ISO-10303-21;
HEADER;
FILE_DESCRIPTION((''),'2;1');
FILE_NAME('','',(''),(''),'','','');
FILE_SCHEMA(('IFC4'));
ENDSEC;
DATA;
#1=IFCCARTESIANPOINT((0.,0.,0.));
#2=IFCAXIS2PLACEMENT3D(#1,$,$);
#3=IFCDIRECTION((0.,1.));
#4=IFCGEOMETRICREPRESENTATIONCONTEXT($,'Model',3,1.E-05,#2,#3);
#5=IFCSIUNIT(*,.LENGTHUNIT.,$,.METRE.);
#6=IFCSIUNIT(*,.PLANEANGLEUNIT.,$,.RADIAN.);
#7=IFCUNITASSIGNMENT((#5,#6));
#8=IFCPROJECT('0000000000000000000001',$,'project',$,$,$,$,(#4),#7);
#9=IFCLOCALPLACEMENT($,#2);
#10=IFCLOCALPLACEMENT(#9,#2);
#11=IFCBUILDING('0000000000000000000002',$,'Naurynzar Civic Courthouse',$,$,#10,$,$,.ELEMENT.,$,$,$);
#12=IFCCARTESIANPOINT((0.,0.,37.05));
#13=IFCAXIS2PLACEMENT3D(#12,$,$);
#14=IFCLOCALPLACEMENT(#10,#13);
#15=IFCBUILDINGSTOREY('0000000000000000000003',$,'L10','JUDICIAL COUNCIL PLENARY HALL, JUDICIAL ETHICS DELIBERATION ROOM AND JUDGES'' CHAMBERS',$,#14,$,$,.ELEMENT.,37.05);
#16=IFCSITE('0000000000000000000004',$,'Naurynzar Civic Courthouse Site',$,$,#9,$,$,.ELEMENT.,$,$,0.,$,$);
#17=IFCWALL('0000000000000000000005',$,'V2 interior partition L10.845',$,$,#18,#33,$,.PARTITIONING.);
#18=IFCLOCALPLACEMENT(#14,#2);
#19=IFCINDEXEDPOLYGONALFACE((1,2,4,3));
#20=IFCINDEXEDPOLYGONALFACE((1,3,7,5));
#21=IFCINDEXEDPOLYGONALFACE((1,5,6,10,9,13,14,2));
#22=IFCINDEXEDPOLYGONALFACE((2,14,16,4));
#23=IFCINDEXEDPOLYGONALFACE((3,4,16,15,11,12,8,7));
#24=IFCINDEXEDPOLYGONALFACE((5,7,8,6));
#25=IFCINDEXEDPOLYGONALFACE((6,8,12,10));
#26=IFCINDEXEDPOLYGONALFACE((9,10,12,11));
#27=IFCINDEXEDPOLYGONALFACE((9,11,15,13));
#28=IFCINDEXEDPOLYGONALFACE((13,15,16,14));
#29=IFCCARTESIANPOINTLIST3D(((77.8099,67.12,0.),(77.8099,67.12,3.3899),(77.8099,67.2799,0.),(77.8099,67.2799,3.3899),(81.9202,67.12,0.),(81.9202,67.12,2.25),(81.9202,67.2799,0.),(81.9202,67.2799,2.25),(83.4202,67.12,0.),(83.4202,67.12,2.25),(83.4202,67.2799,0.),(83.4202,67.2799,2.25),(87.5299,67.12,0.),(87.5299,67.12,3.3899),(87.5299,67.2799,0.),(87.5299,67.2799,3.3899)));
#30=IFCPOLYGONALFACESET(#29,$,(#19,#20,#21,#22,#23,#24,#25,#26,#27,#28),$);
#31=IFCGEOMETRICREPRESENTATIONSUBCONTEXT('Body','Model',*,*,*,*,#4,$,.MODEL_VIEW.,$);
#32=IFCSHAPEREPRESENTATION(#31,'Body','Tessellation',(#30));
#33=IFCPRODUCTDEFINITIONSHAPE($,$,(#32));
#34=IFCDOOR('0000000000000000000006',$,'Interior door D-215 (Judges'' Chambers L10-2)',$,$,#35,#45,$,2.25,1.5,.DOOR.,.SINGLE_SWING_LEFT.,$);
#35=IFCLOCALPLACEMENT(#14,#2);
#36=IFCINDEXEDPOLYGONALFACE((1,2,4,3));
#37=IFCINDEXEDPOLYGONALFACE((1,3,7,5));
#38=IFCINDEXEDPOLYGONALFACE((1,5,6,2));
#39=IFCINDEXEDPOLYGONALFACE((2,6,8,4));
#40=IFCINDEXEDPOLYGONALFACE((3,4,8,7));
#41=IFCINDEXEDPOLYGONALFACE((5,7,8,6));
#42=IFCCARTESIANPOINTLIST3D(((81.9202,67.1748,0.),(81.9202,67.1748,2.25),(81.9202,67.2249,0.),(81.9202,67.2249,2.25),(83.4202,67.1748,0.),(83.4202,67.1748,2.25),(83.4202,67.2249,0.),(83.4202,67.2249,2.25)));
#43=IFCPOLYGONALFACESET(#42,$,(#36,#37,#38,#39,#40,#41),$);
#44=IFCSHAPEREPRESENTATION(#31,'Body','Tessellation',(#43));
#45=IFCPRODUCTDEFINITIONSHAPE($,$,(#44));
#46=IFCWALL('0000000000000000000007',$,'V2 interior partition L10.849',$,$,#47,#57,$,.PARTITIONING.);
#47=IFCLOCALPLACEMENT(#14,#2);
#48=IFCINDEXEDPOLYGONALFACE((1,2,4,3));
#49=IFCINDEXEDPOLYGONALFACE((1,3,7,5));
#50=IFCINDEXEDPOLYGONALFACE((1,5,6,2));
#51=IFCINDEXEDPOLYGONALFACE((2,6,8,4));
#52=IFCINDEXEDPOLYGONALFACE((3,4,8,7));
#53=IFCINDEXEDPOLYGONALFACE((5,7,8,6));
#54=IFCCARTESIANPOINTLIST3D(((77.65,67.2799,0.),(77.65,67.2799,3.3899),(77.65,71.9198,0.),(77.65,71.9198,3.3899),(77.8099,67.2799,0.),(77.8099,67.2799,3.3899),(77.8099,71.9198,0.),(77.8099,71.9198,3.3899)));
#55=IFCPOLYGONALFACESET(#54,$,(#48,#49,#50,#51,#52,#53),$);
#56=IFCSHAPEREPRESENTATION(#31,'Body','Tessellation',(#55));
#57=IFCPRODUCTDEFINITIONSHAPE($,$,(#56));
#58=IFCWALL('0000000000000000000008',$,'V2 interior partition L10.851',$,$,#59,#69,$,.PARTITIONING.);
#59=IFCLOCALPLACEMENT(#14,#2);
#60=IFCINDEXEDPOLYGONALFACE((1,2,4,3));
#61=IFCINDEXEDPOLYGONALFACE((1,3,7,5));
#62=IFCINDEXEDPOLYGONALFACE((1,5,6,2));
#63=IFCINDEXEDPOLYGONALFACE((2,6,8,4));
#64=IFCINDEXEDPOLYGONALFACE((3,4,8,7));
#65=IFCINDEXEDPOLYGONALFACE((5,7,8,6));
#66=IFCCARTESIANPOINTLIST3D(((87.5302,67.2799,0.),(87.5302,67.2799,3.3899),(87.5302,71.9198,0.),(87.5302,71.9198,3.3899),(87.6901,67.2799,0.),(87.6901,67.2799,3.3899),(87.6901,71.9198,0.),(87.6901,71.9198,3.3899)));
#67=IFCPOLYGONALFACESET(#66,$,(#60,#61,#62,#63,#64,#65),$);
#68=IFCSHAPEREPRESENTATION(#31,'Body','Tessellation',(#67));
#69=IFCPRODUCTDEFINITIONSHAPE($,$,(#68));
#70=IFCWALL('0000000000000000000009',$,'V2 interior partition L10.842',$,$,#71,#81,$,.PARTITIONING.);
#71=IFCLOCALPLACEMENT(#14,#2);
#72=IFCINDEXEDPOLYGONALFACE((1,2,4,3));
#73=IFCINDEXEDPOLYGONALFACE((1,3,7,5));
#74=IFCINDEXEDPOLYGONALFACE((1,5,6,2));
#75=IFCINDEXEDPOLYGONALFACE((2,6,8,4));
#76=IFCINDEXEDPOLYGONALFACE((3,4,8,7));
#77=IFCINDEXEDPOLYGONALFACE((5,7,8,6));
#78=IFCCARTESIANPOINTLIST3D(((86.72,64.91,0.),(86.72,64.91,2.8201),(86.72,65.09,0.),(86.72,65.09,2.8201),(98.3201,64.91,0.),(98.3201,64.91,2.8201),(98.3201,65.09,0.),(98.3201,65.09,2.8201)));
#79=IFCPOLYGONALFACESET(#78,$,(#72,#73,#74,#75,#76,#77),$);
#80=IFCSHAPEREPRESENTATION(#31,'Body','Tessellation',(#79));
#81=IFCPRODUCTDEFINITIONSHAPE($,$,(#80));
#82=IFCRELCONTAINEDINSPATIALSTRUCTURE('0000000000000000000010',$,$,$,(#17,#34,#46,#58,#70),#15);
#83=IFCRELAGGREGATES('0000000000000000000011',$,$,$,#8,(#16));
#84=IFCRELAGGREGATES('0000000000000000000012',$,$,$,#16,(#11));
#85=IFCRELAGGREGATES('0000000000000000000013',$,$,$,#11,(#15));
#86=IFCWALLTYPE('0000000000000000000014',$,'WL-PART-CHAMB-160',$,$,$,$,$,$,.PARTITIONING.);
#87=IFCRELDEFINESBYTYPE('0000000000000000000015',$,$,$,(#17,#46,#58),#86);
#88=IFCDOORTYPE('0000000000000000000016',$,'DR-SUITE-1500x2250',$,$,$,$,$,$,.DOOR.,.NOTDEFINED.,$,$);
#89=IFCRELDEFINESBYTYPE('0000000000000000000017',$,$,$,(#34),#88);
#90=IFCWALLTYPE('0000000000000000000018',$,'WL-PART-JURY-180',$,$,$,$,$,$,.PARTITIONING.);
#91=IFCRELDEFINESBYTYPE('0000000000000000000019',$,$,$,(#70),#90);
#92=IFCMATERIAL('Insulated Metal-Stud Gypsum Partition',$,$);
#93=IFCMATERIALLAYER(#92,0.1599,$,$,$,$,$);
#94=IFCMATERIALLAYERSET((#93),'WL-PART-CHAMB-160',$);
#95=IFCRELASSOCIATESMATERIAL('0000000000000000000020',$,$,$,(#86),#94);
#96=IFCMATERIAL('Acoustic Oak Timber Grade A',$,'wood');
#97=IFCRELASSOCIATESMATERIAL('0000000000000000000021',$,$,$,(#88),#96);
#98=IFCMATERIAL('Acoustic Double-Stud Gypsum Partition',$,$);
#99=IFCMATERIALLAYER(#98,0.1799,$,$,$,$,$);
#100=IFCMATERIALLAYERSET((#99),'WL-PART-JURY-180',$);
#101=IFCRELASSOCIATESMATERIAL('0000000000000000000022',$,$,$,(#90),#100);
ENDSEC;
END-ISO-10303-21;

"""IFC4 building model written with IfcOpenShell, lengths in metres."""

from ifc_helpers import new_model, si_unit, direction, frame, frame_2d, origin, place, context, subcontext, project, spatial, rectangle, extrude, material, layer, layer_set, type_object, element, fill, save


model = new_model("IFC4")

# Units and contexts
model_context = context("Model", 3, precision=1e-05, world=origin(), true_north=direction((0.0, 1.0)))
body_context = subcontext(model_context, "Body", "Model", "MODEL_VIEW")
ifc_project = project(units=[si_unit("LENGTHUNIT", "METRE"), si_unit("PLANEANGLEUNIT", "RADIAN")], contexts=[model_context])

# Site, building, storey
site_placement = place(None, origin())
site = spatial("IfcSite", under=ifc_project, at=site_placement, Name="Naurynzar Civic Courthouse Site", CompositionType="ELEMENT", RefElevation=0.0)
building_placement = place(site_placement, origin())
building = spatial("IfcBuilding", under=site, at=building_placement, Name="Naurynzar Civic Courthouse", CompositionType="ELEMENT")
storey_placement = place(building_placement, frame((0.0, 0.0, 37.05)))
storey = spatial("IfcBuildingStorey", under=building, at=storey_placement, Name="L10", Description="JUDICIAL COUNCIL PLENARY HALL, JUDICIAL ETHICS DELIBERATION ROOM AND JUDGES' CHAMBERS", CompositionType="ELEMENT", Elevation=37.05)

# Wall, opening, door
ifc_material_1 = material(Name="Insulated Metal-Stud Gypsum Partition")
ifc_layer_1 = layer(ifc_material_1, 0.1599)
ifc_layer_set_1 = layer_set([ifc_layer_1], Name="WL-PART-CHAMB-160")
wall_type_1 = type_object("IfcWallType", Name="WL-PART-CHAMB-160", PredefinedType="PARTITIONING", material=ifc_layer_set_1)
wall_1_placement = place(storey_placement, frame((77.8101, 67.2, 0.0), z_axis=(0.0, 0.0, 1.0), x_axis=(1.0, 0.0, 0.0)))
wall_1 = element("IfcWall", 1, at=wall_1_placement, inside=storey, type_object=wall_type_1, Name="V2 interior partition L10.845", PredefinedType="PARTITIONING", context=body_context, shape_type="SweptSolid", body=[
    extrude(rectangle(XDim=9.72, YDim=0.1599, at=frame_2d((4.8599, 0.0))), origin(), (0.0, 0.0, 1.0), 3.3899),
])
opening_1_placement = place(wall_1_placement, frame((4.1101, 0.0, 0.0)))
opening_1 = element("IfcOpeningElement", 2, at=opening_1_placement, cuts=wall_1, PredefinedType="OPENING", context=body_context, shape_type="SweptSolid", body=[
    extrude(rectangle(XDim=1.5, YDim=2.25, at=frame_2d((0.75, 1.125))), frame((0.0, 0.0898, 0.0), z_axis=(0.0, -1.0, 0.0), x_axis=(1.0, 0.0, 0.0)), (0.0, 0.0, 1.0), 0.1799),
])
ifc_material_2 = material(Name="Acoustic Oak Timber Grade A", Category="wood")
door_type = type_object("IfcDoorType", Name="DR-SUITE-1500x2250", OperationType="NOTDEFINED", PredefinedType="DOOR", material=ifc_material_2)
door_placement = place(opening_1_placement, origin())
door = element("IfcDoor", 3, at=door_placement, inside=storey, type_object=door_type, Name="Interior door D-215 (Judges' Chambers L10-2)", OperationType="SINGLE_SWING_LEFT", OverallHeight=2.25, OverallWidth=1.5, PredefinedType="DOOR", context=body_context, shape_type="SweptSolid", body=[
    extrude(rectangle(XDim=1.5, YDim=2.25, at=frame_2d((0.75, 1.125))), frame((0.0, 0.0249, 0.0), z_axis=(0.0, -1.0, 0.0), x_axis=(1.0, 0.0, 0.0)), (0.0, 0.0, 1.0), 0.05),
])
fill(opening_1, door)

# Walls
for number, where, z_axis, x_axis, name in (
    (4, (77.73, 67.28, 0.0), (0.0, 0.0, 1.0), (0.0, 1.0, 0.0), "V2 interior partition L10.849"),
    (5, (87.6101, 67.28, 0.0), (0.0, 0.0, 1.0), (0.0, 1.0, 0.0), "V2 interior partition L10.851"),
):
    element("IfcWall", number, at=place(storey_placement, frame(where, z_axis=z_axis, x_axis=x_axis)), inside=storey, type_object=wall_type_1, Name=name, PredefinedType="PARTITIONING", context=body_context, shape_type="SweptSolid", body=[
        extrude(rectangle(XDim=4.6399, YDim=0.1599, at=frame_2d((2.3198, 0.0))), origin(), (0.0, 0.0, 1.0), 3.3899),
    ])
ifc_material_3 = material(Name="Acoustic Double-Stud Gypsum Partition")
ifc_layer_2 = layer(ifc_material_3, 0.1799)
ifc_layer_set_2 = layer_set([ifc_layer_2], Name="WL-PART-JURY-180")
wall_type_2 = type_object("IfcWallType", Name="WL-PART-JURY-180", PredefinedType="PARTITIONING", material=ifc_layer_set_2)
wall_2_placement = place(storey_placement, frame((86.72, 65.0, 0.0), z_axis=(0.0, 0.0, 1.0), x_axis=(1.0, 0.0, 0.0)))
element("IfcWall", 6, at=wall_2_placement, inside=storey, type_object=wall_type_2, Name="V2 interior partition L10.842", PredefinedType="PARTITIONING", context=body_context, shape_type="SweptSolid", body=[
    extrude(rectangle(XDim=11.6001, YDim=0.1799, at=frame_2d((5.8, 0.0))), origin(), (0.0, 0.0, 1.0), 2.8201),
])

save(model, "model.ifc")
